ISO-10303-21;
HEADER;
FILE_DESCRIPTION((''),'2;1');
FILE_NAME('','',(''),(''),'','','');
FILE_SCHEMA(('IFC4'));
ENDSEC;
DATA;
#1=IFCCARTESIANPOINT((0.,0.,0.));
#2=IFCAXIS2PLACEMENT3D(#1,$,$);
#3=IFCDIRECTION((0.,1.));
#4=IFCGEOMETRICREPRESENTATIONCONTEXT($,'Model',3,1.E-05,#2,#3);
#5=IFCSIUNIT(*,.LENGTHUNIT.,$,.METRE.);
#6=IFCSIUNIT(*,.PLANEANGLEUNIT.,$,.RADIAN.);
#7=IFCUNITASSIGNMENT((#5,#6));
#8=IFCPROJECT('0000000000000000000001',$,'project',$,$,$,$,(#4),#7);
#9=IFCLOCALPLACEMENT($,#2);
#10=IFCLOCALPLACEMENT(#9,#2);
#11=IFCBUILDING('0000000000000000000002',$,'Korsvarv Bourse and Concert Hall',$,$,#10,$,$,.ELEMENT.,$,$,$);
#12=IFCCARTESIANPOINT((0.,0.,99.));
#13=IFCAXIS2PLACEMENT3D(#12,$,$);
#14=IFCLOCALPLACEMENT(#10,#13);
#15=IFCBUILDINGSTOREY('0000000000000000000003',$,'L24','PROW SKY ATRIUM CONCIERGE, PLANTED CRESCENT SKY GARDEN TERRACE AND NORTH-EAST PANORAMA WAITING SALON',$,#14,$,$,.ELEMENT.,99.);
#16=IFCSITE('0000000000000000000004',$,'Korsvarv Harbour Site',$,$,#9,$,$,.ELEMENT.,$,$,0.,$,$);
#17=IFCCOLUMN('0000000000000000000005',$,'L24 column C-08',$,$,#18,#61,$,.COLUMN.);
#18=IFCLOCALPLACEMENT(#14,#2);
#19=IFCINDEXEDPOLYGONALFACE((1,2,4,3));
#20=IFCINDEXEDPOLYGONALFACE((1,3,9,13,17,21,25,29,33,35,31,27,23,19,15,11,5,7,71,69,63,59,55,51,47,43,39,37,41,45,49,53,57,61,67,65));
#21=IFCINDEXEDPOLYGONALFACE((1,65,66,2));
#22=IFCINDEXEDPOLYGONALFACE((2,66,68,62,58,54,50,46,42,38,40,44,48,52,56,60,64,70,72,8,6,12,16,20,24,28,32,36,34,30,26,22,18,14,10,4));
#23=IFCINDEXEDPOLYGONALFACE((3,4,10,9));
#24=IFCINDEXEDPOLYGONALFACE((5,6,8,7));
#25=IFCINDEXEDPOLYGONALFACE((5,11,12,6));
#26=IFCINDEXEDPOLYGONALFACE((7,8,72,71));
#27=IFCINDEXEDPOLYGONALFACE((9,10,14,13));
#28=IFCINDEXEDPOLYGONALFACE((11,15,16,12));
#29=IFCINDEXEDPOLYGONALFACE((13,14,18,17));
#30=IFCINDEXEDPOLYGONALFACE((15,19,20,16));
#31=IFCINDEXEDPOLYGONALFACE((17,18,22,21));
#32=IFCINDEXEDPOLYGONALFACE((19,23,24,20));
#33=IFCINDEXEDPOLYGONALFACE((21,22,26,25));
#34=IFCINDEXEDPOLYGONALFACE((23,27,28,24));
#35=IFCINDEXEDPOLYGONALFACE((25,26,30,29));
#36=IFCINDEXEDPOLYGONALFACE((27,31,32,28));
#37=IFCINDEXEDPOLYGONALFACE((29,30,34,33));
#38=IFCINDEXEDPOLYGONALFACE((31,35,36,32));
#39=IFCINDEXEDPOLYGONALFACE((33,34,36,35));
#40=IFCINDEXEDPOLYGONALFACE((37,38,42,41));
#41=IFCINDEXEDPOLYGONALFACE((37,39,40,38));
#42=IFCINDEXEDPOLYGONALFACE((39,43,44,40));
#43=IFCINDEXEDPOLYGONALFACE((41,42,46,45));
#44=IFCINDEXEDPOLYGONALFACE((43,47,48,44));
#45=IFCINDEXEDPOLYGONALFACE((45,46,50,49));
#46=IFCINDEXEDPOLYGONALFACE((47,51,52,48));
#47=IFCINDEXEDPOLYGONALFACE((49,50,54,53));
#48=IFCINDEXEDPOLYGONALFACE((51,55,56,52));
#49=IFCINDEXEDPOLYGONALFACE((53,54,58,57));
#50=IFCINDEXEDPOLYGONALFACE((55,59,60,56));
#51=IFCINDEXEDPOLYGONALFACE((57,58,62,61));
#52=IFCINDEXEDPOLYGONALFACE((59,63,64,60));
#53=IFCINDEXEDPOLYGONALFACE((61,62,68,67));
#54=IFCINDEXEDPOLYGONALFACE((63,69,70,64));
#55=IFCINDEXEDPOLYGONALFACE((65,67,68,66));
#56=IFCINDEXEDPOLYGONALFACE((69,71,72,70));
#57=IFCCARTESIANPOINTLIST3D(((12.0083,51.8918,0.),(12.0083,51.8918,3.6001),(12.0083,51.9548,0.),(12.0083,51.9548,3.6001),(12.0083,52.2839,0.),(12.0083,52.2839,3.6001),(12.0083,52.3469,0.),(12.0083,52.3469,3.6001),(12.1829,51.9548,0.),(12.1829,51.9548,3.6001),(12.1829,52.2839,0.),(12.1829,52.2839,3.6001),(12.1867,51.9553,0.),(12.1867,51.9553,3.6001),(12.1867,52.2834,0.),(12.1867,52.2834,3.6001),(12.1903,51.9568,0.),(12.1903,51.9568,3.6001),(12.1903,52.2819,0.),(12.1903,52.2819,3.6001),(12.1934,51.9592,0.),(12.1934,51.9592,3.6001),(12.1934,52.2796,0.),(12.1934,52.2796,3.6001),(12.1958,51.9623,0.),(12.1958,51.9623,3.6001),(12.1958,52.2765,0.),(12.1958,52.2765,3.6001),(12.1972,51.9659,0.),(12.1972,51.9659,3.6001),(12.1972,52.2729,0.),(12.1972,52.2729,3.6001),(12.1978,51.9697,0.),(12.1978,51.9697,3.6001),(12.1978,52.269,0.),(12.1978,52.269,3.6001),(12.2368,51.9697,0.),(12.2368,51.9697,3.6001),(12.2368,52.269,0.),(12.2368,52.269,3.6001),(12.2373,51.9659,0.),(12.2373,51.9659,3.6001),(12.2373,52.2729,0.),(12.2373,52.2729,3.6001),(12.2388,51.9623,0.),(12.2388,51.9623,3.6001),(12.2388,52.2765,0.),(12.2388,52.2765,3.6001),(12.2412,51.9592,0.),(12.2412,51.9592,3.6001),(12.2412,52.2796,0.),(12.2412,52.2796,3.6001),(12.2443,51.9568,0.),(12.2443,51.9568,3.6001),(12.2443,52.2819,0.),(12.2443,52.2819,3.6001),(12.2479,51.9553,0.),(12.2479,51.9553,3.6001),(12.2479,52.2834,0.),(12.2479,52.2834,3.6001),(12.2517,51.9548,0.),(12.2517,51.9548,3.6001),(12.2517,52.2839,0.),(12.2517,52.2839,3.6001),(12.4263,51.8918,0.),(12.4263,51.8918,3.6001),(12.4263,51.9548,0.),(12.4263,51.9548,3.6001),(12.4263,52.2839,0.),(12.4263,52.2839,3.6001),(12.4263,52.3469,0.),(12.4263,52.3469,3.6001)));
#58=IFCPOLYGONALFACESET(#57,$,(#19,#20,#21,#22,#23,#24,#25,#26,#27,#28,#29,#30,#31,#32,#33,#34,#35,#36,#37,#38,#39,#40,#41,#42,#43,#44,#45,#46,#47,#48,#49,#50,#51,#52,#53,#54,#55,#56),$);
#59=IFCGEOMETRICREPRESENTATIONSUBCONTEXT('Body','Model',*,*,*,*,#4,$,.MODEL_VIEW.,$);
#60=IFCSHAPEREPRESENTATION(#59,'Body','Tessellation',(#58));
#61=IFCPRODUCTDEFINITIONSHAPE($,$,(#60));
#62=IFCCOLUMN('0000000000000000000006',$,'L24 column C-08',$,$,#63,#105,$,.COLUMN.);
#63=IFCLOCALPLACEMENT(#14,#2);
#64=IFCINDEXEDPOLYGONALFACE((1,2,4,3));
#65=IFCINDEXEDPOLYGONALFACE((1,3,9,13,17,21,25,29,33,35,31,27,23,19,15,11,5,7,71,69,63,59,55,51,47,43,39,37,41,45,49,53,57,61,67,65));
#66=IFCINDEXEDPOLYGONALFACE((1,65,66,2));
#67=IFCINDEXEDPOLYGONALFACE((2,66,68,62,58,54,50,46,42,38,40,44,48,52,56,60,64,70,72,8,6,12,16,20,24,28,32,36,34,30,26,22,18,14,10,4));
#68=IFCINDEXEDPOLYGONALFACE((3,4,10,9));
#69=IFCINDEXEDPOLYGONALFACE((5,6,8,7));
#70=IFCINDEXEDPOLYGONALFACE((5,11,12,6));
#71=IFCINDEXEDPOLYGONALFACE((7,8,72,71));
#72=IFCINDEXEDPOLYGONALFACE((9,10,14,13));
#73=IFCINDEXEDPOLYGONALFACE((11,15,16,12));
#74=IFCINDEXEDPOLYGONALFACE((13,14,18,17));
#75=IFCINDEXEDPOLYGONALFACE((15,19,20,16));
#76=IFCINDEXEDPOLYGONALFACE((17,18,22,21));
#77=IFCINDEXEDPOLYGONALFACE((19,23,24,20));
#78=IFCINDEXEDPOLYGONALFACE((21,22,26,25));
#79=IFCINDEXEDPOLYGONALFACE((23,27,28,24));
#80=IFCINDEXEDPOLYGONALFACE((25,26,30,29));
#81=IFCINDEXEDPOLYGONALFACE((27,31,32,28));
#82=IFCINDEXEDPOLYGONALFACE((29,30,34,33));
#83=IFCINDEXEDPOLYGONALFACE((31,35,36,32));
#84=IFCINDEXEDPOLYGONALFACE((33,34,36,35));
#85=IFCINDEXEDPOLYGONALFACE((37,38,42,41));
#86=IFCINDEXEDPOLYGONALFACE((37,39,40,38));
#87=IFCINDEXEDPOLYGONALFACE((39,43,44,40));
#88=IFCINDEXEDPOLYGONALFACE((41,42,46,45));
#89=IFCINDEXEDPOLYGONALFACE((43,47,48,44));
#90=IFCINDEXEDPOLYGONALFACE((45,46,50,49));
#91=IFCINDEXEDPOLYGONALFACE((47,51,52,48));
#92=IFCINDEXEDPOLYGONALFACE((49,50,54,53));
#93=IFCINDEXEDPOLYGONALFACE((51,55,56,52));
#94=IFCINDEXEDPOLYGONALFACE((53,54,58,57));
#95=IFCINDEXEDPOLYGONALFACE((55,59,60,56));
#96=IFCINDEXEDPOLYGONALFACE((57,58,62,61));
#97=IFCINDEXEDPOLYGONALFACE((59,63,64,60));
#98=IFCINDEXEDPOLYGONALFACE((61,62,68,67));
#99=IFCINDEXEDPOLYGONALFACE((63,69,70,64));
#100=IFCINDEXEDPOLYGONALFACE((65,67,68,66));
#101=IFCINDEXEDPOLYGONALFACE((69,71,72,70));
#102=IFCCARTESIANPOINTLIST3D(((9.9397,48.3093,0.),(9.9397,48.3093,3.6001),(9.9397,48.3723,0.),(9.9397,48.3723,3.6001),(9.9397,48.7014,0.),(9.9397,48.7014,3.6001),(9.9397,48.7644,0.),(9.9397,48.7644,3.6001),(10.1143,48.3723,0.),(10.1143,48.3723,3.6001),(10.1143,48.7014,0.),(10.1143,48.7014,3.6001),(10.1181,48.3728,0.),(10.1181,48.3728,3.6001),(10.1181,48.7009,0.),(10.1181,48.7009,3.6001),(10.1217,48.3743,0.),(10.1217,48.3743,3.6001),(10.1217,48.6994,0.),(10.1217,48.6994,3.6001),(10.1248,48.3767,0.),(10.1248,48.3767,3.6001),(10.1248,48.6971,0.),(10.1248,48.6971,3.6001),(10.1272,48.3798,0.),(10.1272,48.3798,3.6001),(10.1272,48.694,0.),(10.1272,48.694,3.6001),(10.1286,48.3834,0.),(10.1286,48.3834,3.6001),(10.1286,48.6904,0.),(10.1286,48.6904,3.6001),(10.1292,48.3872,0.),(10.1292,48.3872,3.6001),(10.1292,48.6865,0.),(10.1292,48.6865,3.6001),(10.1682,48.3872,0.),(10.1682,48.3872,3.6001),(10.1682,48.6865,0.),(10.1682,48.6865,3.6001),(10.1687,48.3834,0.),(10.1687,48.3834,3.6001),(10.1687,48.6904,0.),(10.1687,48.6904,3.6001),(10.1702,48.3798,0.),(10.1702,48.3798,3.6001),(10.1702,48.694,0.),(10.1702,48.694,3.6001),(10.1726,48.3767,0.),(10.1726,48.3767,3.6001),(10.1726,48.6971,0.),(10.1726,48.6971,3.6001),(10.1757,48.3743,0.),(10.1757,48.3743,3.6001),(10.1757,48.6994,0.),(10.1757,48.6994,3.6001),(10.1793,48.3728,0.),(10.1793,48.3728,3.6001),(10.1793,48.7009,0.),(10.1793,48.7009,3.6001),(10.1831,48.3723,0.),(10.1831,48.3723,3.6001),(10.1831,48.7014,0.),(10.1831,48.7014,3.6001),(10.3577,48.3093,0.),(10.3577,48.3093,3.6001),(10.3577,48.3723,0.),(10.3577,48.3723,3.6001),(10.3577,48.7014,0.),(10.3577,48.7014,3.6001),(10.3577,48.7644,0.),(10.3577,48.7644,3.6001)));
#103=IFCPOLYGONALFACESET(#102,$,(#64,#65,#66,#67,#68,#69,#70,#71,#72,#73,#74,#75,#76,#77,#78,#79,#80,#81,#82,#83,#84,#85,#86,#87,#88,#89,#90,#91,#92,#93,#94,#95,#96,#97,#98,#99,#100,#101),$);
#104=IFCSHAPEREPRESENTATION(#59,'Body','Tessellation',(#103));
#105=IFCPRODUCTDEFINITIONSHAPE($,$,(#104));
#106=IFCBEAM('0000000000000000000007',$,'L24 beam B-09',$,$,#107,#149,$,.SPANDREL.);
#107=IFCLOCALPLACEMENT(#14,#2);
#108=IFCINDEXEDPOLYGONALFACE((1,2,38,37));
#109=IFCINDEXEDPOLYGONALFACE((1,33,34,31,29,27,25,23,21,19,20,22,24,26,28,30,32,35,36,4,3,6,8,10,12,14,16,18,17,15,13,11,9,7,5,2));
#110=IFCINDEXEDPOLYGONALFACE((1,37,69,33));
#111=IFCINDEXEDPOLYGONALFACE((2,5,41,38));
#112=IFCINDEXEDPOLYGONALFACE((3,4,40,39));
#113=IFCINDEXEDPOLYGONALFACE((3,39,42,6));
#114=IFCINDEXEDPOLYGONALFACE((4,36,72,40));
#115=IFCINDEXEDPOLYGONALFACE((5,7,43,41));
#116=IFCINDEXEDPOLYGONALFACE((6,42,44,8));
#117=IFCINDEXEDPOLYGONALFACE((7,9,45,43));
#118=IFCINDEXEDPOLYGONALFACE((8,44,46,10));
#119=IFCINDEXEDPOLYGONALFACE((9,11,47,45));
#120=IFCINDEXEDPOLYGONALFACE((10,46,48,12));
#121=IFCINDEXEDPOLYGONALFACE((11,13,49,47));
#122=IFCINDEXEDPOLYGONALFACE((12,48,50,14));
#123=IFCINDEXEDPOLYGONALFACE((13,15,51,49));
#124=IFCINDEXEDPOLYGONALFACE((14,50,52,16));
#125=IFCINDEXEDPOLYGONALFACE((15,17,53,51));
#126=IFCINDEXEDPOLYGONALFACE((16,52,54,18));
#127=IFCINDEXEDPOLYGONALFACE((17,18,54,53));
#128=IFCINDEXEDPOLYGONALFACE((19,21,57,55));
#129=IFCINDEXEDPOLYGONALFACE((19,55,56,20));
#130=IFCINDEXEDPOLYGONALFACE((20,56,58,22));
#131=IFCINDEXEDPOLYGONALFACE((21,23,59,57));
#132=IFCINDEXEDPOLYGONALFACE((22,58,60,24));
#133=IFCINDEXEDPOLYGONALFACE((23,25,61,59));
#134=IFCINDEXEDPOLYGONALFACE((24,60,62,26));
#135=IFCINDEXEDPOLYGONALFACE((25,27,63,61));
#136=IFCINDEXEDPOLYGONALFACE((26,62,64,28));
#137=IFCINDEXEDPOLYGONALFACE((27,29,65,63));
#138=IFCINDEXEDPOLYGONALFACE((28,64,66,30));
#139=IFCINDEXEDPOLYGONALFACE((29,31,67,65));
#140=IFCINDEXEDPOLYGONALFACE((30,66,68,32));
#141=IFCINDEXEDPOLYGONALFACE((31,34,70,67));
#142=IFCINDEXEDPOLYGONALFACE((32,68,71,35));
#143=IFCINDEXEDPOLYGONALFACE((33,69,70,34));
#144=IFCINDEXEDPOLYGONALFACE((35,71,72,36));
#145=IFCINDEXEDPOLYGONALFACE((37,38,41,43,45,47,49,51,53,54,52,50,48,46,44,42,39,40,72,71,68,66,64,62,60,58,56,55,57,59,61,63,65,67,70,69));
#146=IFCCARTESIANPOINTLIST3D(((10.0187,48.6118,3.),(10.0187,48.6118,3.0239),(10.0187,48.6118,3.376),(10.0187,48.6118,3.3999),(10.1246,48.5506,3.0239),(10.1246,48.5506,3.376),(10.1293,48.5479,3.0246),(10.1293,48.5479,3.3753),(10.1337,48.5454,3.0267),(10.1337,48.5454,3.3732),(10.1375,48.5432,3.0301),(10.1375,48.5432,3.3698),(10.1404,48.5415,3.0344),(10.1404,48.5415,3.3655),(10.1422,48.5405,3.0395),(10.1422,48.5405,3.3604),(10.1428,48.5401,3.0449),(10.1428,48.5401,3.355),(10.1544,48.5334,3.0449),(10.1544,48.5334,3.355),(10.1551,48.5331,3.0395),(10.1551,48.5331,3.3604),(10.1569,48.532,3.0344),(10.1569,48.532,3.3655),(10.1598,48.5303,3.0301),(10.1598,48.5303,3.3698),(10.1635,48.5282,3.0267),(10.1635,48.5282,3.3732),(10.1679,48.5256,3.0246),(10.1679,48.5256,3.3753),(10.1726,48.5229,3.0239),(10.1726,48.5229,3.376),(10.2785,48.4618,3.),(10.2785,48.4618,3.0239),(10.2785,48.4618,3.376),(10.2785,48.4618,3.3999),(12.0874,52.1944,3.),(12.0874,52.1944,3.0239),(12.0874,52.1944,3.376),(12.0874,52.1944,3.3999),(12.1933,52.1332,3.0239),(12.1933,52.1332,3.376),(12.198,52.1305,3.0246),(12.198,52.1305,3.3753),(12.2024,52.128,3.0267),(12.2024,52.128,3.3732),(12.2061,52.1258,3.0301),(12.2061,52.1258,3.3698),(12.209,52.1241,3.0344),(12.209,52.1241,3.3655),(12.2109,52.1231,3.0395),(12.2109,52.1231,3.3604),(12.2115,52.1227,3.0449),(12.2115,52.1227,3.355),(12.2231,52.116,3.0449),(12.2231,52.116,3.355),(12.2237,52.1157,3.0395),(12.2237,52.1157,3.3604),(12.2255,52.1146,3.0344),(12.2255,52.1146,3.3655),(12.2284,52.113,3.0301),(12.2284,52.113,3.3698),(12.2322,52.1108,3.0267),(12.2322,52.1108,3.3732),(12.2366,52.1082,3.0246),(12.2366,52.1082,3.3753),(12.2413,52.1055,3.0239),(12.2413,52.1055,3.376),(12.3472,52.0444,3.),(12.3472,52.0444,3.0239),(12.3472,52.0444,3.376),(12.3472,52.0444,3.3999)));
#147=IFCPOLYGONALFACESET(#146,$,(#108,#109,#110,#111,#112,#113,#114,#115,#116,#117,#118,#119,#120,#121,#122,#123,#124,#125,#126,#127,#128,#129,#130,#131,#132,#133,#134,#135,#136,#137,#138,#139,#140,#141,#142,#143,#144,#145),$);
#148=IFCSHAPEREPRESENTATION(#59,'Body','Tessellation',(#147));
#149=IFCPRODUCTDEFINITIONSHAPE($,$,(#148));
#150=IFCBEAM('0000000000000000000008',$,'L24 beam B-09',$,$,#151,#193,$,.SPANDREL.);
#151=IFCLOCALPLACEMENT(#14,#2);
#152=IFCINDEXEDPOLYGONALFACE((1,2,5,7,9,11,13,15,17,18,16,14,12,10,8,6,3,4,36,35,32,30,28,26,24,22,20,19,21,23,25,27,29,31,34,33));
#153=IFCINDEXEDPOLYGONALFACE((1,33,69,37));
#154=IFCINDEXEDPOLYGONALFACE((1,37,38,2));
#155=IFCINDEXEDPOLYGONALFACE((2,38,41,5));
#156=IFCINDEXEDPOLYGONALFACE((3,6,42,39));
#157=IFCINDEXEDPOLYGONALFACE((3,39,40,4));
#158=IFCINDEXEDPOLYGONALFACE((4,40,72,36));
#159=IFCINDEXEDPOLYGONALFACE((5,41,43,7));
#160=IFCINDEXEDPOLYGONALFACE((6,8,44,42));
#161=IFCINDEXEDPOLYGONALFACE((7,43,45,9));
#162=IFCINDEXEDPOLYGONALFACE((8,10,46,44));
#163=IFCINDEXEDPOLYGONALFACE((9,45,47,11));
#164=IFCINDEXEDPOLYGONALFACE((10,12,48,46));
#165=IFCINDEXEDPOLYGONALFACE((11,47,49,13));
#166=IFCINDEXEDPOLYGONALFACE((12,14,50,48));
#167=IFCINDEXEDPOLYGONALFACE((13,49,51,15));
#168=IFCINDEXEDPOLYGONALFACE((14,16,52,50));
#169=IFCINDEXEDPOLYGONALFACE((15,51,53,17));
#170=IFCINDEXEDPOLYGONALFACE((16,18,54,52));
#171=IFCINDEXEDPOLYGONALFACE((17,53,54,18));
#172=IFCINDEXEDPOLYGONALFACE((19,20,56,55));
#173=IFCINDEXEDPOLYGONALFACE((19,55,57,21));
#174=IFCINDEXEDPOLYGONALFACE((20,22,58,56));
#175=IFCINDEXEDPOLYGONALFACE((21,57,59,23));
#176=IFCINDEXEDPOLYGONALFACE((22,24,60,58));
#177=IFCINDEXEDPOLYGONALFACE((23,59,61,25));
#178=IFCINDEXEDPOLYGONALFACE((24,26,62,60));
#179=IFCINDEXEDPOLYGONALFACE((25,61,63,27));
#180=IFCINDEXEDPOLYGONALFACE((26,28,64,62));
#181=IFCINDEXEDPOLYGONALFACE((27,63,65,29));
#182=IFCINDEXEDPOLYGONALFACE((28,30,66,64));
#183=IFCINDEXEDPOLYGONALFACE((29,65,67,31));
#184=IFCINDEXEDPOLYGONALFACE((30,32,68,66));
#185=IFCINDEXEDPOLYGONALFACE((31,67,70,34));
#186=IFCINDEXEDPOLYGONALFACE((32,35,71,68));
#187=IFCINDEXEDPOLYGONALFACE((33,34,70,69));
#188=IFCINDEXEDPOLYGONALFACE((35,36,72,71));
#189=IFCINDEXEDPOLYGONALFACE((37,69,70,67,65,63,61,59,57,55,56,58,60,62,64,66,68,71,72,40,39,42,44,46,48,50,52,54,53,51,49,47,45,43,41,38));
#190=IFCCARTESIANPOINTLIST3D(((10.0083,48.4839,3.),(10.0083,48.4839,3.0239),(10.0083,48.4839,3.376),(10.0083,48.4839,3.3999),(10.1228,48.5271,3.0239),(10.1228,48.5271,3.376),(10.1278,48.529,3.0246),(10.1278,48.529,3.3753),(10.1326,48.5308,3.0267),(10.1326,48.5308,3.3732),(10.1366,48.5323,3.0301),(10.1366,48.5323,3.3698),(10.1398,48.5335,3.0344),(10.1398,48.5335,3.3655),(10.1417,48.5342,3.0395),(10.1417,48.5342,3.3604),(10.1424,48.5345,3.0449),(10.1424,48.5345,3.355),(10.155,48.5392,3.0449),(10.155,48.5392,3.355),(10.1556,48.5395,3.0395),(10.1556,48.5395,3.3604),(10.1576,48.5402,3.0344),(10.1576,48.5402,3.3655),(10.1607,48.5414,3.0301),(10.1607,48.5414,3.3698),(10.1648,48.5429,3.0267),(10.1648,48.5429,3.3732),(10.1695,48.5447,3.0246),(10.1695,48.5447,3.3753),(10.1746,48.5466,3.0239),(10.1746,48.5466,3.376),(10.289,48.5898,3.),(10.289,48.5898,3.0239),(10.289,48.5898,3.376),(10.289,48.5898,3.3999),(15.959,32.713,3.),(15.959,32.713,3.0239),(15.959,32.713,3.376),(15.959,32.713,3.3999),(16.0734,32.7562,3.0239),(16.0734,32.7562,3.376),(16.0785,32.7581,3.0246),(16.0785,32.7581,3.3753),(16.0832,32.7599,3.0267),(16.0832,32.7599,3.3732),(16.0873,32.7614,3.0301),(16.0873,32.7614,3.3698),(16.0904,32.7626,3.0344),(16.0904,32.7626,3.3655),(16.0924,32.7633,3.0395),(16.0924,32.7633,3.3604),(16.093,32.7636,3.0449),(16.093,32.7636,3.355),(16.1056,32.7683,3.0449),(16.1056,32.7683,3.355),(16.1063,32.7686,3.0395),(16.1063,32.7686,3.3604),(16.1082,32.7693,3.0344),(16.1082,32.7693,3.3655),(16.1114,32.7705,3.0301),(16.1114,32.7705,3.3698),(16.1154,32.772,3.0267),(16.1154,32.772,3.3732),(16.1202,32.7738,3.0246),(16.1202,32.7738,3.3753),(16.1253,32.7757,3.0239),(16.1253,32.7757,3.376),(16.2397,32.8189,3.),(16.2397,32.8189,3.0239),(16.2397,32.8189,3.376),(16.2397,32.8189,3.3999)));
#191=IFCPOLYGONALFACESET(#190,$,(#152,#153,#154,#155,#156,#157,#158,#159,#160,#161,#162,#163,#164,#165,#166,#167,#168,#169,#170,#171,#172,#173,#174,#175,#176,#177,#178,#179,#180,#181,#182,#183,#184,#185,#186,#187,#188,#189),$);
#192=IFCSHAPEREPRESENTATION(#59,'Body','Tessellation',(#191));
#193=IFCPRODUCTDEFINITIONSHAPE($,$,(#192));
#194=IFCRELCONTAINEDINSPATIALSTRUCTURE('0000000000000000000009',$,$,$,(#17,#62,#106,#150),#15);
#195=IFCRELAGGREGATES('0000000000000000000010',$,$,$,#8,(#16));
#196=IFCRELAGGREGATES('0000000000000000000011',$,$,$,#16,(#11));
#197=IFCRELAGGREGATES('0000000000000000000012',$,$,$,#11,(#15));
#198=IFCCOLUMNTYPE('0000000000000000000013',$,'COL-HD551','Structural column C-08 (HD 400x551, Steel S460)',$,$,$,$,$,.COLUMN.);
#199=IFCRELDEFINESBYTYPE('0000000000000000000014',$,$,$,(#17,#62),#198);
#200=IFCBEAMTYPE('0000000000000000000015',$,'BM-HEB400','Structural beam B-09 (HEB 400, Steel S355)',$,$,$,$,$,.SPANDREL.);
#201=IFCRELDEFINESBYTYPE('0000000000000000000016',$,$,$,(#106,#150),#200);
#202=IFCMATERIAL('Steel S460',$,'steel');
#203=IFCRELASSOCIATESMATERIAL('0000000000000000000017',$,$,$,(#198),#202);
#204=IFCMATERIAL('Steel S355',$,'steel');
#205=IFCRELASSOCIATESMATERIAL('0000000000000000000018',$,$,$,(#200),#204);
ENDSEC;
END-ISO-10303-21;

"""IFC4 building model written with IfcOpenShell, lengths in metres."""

from ifc_helpers import new_model, si_unit, direction, frame, origin, origin_2d, place, context, subcontext, project, spatial, i_section, extrude, source, transform, mapped, material, material_profile, profile_set, type_object, element, save


model = new_model("IFC4")

# Units and contexts
model_context = context("Model", 3, precision=1e-05, world=origin(), true_north=direction((0.0, 1.0)))
body_context = subcontext(model_context, "Body", "Model", "MODEL_VIEW")
ifc_project = project(units=[si_unit("LENGTHUNIT", "METRE"), si_unit("PLANEANGLEUNIT", "RADIAN")], contexts=[model_context])

# Site, building, storey
site_placement = place(None, origin())
site = spatial("IfcSite", under=ifc_project, at=site_placement, Name="Korsvarv Harbour Site", CompositionType="ELEMENT", RefElevation=0.0)
building_placement = place(site_placement, origin())
building = spatial("IfcBuilding", under=site, at=building_placement, Name="Korsvarv Bourse and Concert Hall", CompositionType="ELEMENT")
storey_placement = place(building_placement, frame((0.0, 0.0, 99.0)))
storey = spatial("IfcBuildingStorey", under=building, at=storey_placement, Name="L24", Description="PROW SKY ATRIUM CONCIERGE, PLANTED CRESCENT SKY GARDEN TERRACE AND NORTH-EAST PANORAMA WAITING SALON", CompositionType="ELEMENT", Elevation=99.0)

# Columns
ifc_material_1 = material(Name="Steel S460", Category="steel")
ifc_material_profile_1 = material_profile(ifc_material_1, i_section(OverallWidth=0.418, OverallDepth=0.4551, WebThickness=0.0391, FlangeThickness=0.063, FilletRadius=0.0149, at=origin_2d()), Name="HD 400x551")
ifc_profile_set_1 = profile_set([ifc_material_profile_1], Name="Steel S460")
column_type = type_object("IfcColumnType", Name="COL-HD551", Description="Structural column C-08 (HD 400x551, Steel S460)", PredefinedType="COLUMN", material=ifc_profile_set_1)
shared_shape_1 = source(origin(), body_context, "Body", "SweptSolid", [
    extrude(i_section(OverallWidth=0.418, OverallDepth=0.4551, WebThickness=0.0391, FlangeThickness=0.063, FilletRadius=0.0149, at=origin_2d()), origin(), (0.0, 0.0, 1.0), 3.6001),
])
for number, where, z_axis, x_axis, name in (
    (1, (12.2173, 52.1194, 0.0), (0.0, 0.0, 1.0), (1.0, 0.0, 0.0), "L24 column C-08"),
    (2, (10.1487, 48.5369, 0.0), (0.0, 0.0, 1.0), (1.0, 0.0, 0.0), "L24 column C-08"),
):
    element("IfcColumn", number, at=place(storey_placement, frame(where, z_axis=z_axis, x_axis=x_axis)), inside=storey, type_object=column_type, Name=name, PredefinedType="COLUMN", context=body_context, shape_type="MappedRepresentation", body=[
        mapped(shared_shape_1, transform((0.0, 0.0, 0.0), scale=1.0)),
    ])

# Beams
ifc_material_2 = material(Name="Steel S355", Category="steel")
ifc_material_profile_2 = material_profile(ifc_material_2, i_section(OverallWidth=0.3, OverallDepth=0.3999, WebThickness=0.0134, FlangeThickness=0.0239, FilletRadius=0.021, at=origin_2d()), Name="HEB 400")
ifc_profile_set_2 = profile_set([ifc_material_profile_2], Name="Steel S355")
beam_type_1 = type_object("IfcBeamType", Name="BM-HEB400", Description="Structural beam B-09 (HEB 400, Steel S355)", PredefinedType="SPANDREL", material=ifc_profile_set_2)
shared_shape_2 = source(origin(), body_context, "Body", "SweptSolid", [
    extrude(i_section(OverallWidth=0.3, OverallDepth=0.3999, WebThickness=0.0134, FlangeThickness=0.0239, FilletRadius=0.021, at=origin_2d()), origin(), (0.0, 0.0, 1.0), 4.137),
])
beam_1_placement = place(storey_placement, frame((12.2173, 52.1194, 3.2), z_axis=(-0.500043, -0.866001, 0.0), x_axis=(0.866001, -0.500043, 0.0)))
element("IfcBeam", 3, at=beam_1_placement, inside=storey, type_object=beam_type_1, Name="L24 beam B-09", PredefinedType="SPANDREL", context=body_context, shape_type="MappedRepresentation", body=[
    mapped(shared_shape_2, transform((0.0, 0.0, 0.0), scale=1.0)),
])
shared_shape_3 = source(origin(), body_context, "Body", "SweptSolid", [
    extrude(i_section(OverallWidth=0.3, OverallDepth=0.3999, WebThickness=0.0134, FlangeThickness=0.0239, FilletRadius=0.021, at=origin_2d()), origin(), (0.0, 0.0, 1.0), 16.8562),
])
beam_2_placement = place(storey_placement, frame((10.1487, 48.5369, 3.2), z_axis=(0.353024, -0.935614, 0.0), x_axis=(0.935614, 0.353024, 0.0)))
element("IfcBeam", 4, at=beam_2_placement, inside=storey, type_object=beam_type_1, Name="L24 beam B-09", PredefinedType="SPANDREL", context=body_context, shape_type="MappedRepresentation", body=[
    mapped(shared_shape_3, transform((0.0, 0.0, 0.0), scale=1.0)),
])

save(model, "model.ifc")
